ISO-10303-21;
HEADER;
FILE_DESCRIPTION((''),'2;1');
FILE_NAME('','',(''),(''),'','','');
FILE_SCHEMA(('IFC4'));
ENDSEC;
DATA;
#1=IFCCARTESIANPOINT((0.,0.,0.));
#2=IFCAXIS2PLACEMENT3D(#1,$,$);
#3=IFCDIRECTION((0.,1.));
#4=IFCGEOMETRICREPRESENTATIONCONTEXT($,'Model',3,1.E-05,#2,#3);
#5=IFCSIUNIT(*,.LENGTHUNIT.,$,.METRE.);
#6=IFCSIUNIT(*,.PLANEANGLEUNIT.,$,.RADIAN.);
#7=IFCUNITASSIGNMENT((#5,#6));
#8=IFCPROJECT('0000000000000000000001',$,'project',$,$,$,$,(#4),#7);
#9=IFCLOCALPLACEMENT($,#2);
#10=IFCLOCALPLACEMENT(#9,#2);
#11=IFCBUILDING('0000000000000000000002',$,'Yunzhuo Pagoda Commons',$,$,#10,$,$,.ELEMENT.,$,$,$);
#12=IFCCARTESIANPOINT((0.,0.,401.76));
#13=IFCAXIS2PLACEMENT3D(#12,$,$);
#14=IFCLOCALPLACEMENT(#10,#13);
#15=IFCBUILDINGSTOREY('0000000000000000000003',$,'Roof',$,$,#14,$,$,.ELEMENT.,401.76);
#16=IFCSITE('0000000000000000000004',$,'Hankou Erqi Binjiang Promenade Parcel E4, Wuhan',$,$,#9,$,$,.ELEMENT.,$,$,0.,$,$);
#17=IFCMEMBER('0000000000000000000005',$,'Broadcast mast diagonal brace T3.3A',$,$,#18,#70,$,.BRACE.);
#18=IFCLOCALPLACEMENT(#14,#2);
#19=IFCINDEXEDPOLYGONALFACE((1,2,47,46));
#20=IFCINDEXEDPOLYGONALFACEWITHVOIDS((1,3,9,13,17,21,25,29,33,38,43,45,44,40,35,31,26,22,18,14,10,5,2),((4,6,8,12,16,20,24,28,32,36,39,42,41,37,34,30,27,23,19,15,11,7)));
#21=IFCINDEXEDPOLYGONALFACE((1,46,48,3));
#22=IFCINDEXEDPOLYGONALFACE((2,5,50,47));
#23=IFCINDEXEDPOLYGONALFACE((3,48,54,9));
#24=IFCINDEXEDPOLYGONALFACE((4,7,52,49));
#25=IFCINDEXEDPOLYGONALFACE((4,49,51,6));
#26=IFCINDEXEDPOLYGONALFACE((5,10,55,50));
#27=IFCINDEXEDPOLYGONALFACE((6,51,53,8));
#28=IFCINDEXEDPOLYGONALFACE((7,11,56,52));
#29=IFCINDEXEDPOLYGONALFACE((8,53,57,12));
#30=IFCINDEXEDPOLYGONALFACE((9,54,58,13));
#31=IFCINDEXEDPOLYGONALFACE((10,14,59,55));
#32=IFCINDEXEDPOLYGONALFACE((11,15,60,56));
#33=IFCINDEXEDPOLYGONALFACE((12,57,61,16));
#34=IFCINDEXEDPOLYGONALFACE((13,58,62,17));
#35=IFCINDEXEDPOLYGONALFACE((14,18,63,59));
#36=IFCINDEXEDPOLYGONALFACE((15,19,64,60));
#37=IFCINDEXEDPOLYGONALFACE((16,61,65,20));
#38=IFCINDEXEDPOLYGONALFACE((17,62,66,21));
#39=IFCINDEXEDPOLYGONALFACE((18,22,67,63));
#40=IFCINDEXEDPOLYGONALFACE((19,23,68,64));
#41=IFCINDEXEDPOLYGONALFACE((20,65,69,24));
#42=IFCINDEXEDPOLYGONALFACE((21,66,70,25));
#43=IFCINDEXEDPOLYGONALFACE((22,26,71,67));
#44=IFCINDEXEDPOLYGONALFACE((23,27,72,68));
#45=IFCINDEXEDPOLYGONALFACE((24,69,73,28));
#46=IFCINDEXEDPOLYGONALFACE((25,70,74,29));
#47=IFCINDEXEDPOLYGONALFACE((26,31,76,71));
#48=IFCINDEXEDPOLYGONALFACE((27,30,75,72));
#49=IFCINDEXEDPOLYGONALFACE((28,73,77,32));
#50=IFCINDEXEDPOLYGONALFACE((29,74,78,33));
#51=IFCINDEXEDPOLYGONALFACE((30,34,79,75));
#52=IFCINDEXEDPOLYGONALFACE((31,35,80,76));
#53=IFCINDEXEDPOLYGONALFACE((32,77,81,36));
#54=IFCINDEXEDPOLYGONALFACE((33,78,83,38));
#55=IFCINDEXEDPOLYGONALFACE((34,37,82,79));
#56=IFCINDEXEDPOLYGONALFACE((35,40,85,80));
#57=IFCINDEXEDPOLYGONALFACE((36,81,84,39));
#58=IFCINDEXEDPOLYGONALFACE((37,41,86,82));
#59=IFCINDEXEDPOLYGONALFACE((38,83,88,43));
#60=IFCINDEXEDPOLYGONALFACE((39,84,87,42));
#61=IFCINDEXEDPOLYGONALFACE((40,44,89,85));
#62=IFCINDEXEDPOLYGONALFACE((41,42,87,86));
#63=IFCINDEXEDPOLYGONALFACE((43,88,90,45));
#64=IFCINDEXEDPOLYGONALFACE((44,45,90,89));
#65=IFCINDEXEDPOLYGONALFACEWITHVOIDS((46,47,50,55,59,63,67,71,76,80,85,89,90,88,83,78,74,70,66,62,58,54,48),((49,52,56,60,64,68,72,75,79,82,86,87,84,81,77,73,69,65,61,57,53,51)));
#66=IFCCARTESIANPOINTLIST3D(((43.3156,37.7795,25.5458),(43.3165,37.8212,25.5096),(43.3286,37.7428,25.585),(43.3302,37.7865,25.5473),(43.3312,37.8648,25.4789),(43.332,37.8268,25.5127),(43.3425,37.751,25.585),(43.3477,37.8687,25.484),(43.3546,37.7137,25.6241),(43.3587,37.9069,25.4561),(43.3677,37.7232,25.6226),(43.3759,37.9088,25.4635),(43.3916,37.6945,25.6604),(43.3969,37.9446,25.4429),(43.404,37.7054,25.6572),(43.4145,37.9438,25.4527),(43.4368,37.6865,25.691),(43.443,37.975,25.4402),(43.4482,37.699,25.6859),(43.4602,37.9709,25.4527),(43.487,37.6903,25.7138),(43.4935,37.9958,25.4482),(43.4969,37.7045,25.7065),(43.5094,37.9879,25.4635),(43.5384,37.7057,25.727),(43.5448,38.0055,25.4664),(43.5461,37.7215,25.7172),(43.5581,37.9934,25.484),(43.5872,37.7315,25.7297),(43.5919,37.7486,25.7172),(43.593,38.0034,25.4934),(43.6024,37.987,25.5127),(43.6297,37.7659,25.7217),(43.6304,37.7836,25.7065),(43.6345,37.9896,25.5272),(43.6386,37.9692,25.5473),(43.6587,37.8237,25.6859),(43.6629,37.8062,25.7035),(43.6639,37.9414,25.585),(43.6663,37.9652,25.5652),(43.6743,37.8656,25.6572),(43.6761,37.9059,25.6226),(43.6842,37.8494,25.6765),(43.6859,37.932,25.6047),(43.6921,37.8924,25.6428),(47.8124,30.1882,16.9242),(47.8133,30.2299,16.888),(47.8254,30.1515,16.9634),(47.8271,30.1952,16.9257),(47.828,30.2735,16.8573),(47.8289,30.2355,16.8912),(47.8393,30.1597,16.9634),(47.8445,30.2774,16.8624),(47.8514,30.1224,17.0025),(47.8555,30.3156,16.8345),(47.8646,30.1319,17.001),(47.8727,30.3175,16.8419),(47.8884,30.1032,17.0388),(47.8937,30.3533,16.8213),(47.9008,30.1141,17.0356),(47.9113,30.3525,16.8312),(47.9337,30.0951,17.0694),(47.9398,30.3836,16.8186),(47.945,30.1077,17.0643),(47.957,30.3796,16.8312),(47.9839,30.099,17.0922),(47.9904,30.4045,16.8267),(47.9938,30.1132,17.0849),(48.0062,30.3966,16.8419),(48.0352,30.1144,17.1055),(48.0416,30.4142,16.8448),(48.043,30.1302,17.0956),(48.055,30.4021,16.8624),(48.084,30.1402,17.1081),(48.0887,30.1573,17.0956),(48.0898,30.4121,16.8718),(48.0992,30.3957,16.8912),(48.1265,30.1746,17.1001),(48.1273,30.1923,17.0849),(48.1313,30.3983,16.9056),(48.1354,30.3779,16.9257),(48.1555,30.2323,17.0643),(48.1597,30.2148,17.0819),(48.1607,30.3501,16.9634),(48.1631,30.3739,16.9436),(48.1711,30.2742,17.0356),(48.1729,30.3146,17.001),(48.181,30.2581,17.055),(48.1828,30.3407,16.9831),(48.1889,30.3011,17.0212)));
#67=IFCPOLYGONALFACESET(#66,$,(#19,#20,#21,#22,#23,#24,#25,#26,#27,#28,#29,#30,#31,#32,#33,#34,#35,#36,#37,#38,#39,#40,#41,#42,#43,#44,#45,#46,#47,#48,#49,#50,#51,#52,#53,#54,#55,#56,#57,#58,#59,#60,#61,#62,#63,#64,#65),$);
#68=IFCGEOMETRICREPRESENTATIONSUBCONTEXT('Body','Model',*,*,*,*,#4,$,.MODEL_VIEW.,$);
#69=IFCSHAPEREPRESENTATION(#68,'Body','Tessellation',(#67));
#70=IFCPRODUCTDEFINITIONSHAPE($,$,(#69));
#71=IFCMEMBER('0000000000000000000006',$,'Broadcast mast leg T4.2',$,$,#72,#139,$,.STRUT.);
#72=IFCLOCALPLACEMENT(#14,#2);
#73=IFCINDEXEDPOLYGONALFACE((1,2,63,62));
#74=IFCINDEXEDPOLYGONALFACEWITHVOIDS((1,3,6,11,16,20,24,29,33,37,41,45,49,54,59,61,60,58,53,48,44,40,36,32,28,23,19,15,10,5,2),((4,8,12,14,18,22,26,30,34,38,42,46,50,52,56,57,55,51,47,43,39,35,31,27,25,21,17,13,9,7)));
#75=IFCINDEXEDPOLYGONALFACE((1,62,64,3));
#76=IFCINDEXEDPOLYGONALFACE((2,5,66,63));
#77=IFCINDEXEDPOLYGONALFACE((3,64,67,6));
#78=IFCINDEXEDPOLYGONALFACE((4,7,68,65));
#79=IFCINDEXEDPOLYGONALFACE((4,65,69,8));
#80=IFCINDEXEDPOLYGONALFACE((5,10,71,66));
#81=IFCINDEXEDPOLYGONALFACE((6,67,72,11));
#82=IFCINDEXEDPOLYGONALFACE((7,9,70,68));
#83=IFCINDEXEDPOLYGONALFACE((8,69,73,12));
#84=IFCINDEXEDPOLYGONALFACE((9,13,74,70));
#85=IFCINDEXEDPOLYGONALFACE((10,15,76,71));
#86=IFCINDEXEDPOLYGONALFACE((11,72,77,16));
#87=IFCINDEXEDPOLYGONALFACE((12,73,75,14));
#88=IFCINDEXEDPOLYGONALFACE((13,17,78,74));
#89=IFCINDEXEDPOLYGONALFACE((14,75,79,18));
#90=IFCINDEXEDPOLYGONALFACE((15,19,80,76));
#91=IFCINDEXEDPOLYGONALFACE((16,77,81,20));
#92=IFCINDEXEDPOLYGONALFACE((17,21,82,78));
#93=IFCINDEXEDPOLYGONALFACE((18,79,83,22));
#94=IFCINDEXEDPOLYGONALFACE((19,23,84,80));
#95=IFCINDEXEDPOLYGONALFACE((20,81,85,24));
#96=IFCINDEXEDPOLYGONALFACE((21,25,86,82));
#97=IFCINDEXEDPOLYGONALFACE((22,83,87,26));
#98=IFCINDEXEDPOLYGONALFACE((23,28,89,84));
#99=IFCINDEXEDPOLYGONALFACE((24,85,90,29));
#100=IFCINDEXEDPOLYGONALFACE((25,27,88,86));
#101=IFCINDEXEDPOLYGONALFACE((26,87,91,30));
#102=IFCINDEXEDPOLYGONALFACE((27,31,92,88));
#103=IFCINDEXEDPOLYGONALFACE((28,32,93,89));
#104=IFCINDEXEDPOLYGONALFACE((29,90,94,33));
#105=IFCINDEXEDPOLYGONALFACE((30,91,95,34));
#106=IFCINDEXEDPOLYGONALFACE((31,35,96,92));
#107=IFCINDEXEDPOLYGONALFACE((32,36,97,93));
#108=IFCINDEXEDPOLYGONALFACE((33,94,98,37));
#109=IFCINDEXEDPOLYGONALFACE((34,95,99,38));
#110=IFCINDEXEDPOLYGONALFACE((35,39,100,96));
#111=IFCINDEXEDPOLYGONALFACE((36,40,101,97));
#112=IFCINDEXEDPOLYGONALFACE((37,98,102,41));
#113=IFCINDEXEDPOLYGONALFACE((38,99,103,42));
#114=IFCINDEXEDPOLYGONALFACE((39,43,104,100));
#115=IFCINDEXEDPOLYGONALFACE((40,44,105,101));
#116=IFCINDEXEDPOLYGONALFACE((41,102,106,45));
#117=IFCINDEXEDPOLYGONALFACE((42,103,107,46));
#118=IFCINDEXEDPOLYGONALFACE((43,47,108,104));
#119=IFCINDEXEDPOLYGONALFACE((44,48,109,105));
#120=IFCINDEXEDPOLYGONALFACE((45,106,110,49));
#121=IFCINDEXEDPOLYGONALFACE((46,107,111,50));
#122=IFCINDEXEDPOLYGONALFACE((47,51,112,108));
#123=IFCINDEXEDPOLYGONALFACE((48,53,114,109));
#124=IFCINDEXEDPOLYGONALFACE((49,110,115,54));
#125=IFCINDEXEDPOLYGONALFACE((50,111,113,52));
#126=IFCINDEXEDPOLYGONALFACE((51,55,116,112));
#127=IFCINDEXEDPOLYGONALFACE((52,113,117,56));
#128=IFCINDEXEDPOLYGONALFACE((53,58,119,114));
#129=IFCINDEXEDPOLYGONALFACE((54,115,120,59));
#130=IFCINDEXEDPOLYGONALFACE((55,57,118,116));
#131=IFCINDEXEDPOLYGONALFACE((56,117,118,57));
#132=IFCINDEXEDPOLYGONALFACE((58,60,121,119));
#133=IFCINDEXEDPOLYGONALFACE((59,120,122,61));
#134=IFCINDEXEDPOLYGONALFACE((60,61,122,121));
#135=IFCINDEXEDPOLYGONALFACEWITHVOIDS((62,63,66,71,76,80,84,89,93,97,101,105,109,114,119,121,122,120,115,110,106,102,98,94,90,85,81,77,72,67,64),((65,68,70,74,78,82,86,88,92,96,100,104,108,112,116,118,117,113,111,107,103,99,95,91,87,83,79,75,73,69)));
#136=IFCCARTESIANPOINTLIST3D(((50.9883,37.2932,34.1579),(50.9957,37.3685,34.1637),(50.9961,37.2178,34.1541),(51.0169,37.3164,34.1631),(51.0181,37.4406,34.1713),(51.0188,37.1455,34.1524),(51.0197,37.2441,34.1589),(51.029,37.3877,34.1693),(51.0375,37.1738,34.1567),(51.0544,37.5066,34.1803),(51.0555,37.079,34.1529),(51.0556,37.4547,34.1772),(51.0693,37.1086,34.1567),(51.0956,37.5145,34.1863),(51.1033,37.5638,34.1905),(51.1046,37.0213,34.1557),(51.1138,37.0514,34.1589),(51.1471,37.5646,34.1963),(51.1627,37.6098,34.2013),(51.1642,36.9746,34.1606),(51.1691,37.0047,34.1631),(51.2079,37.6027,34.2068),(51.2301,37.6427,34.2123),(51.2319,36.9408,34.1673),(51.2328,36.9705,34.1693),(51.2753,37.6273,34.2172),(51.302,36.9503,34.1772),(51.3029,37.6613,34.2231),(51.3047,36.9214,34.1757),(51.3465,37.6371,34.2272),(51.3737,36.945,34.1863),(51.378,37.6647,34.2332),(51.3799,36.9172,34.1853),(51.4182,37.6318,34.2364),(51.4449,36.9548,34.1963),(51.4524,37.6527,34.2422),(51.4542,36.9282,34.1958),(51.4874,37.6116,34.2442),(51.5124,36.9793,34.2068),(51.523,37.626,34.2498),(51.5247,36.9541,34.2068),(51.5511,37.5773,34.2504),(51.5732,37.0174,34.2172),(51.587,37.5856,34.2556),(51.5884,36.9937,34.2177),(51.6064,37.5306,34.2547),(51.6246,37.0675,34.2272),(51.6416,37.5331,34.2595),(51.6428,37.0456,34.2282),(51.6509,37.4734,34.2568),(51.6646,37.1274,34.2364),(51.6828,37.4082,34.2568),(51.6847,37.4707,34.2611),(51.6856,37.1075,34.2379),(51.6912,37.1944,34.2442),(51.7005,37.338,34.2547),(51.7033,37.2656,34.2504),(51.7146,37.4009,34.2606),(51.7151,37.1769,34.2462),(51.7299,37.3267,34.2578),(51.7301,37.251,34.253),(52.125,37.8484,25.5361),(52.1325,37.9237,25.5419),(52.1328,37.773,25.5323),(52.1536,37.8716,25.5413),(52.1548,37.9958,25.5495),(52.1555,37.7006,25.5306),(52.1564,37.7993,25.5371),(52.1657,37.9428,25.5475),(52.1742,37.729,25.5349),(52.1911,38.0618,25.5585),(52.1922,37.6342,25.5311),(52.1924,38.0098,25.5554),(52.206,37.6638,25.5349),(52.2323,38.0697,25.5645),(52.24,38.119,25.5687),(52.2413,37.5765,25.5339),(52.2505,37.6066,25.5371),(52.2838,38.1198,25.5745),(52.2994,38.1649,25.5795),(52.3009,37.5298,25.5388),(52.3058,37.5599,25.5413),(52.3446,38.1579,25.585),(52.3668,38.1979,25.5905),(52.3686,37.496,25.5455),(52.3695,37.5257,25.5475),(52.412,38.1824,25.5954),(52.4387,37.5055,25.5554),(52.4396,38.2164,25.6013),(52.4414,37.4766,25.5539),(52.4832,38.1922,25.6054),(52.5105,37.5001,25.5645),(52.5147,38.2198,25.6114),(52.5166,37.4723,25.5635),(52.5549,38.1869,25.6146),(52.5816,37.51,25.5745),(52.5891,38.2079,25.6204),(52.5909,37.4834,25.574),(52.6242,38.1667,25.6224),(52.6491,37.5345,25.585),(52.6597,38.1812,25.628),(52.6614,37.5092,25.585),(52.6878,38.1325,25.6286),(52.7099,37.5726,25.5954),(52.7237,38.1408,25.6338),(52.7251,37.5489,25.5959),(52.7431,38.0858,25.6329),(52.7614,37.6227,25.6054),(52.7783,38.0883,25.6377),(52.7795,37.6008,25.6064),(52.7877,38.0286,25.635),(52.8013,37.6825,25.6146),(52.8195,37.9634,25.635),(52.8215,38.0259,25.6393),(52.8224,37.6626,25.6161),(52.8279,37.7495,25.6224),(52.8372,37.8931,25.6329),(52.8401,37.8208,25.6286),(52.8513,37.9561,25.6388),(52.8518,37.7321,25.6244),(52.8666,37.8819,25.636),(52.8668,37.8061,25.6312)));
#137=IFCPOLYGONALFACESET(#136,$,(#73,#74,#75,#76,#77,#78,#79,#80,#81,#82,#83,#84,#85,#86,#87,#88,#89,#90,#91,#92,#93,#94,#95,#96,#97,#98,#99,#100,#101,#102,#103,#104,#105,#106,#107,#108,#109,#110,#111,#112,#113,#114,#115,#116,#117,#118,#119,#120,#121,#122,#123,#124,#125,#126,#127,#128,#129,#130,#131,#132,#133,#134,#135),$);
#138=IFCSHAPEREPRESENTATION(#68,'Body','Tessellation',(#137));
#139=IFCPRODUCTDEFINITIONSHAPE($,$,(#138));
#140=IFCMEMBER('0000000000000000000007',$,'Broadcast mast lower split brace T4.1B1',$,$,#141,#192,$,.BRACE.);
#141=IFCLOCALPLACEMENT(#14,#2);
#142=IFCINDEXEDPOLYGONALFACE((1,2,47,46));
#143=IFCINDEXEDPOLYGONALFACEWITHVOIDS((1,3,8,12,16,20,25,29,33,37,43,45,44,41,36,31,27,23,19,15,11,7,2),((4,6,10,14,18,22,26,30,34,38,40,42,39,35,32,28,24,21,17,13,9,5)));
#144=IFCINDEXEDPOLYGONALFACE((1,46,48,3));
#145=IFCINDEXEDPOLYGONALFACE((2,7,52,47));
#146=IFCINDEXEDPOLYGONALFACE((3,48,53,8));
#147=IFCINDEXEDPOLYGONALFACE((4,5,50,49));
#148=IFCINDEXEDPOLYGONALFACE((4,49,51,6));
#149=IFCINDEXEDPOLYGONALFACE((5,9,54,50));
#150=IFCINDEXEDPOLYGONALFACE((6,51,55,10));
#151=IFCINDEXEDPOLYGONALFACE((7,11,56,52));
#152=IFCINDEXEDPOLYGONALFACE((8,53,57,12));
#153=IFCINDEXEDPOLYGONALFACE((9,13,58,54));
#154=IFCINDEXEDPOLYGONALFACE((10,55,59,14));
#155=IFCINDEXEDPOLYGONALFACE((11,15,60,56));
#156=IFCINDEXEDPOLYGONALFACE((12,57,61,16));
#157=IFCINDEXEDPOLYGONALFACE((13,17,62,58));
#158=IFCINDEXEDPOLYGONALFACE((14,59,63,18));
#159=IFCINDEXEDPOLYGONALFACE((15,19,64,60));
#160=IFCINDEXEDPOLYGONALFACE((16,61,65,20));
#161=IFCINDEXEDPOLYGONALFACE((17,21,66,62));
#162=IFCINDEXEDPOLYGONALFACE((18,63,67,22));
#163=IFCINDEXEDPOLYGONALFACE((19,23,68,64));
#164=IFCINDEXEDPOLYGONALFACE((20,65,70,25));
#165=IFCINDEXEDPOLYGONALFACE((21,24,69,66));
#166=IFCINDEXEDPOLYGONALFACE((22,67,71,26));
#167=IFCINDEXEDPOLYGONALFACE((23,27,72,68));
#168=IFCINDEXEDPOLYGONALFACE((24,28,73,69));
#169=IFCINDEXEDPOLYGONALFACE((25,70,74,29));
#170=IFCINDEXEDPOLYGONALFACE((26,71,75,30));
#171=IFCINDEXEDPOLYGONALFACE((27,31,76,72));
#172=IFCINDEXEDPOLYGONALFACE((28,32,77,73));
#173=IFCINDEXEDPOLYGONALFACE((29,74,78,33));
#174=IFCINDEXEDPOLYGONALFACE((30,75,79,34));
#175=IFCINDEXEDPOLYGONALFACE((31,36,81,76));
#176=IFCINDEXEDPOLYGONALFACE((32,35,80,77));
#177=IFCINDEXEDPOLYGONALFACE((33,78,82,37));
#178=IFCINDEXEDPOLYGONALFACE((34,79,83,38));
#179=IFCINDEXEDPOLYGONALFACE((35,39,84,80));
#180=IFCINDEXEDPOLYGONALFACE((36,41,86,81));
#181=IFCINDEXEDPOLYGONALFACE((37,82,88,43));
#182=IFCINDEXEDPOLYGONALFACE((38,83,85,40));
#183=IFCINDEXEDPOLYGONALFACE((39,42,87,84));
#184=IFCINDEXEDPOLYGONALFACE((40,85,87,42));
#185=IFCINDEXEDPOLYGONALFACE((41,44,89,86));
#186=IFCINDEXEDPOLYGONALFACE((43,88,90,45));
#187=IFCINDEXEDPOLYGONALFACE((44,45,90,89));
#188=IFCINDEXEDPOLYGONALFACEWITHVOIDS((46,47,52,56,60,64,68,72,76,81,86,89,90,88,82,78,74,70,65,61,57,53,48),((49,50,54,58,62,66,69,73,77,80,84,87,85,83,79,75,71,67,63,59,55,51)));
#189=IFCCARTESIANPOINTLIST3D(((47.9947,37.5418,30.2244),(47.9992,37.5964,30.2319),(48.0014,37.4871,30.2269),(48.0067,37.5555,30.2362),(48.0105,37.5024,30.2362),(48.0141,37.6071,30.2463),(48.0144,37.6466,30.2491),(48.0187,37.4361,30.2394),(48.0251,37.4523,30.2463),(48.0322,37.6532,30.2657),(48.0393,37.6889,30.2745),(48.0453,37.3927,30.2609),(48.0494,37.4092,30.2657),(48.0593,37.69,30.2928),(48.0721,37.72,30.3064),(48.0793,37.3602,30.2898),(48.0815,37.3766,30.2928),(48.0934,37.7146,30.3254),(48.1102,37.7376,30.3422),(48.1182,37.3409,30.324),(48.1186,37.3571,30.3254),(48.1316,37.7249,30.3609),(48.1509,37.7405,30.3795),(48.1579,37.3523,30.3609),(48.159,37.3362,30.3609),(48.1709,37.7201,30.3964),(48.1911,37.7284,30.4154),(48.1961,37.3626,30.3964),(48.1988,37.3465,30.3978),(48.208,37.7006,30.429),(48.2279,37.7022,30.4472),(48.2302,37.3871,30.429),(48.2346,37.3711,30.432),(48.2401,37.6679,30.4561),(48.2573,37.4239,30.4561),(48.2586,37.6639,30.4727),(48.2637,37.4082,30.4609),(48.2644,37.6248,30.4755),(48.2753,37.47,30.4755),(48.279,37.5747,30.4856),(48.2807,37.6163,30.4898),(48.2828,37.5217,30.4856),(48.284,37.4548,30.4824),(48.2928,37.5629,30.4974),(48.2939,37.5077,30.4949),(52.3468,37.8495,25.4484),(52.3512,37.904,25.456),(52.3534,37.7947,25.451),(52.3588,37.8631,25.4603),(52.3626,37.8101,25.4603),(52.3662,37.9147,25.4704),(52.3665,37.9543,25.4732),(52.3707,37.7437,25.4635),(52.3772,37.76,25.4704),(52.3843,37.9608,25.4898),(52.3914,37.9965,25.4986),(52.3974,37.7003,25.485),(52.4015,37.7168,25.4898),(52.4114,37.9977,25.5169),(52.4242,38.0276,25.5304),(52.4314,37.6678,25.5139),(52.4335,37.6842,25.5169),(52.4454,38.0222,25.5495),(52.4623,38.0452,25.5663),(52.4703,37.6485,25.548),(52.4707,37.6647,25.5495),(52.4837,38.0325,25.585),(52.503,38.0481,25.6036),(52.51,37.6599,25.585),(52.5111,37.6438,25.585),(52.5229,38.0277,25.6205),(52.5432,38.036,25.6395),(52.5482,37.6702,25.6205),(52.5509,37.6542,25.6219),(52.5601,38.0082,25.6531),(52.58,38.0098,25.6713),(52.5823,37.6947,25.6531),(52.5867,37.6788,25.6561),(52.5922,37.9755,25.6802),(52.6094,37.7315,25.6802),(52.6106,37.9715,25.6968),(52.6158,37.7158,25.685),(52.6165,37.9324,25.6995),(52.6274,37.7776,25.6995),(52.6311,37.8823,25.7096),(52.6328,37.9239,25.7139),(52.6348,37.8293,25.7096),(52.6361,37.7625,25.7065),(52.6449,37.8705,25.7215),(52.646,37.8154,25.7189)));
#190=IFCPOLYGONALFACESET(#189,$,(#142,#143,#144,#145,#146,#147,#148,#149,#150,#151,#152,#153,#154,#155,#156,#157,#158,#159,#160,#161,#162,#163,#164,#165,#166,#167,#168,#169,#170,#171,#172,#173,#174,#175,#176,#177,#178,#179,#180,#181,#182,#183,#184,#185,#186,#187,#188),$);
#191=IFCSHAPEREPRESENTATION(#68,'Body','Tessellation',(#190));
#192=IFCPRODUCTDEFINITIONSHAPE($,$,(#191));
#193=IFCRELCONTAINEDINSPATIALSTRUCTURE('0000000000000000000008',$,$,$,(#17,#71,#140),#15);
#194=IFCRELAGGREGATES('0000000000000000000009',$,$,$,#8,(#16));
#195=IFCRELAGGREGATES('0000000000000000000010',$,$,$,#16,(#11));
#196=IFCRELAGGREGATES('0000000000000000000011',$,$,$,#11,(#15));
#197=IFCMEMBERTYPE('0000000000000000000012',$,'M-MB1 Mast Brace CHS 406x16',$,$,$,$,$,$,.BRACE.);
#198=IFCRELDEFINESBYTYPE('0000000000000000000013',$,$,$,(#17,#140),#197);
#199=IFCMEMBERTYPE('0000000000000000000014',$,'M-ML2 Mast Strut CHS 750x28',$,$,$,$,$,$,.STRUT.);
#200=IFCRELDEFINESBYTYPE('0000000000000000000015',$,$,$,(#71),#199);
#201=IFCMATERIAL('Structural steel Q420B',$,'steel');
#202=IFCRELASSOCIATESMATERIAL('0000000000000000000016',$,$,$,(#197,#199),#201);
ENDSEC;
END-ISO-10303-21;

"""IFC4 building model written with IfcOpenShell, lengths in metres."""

from ifc_helpers import new_model, si_unit, direction, frame, origin, origin_2d, place, context, subcontext, project, spatial, hollow_circle, extrude, source, transform, mapped, material, material_profile, profile_set, type_object, element, save


model = new_model("IFC4")

# Units and contexts
model_context = context("Model", 3, precision=1e-05, world=origin(), true_north=direction((0.0, 1.0)))
body_context = subcontext(model_context, "Body", "Model", "MODEL_VIEW")
ifc_project = project(units=[si_unit("LENGTHUNIT", "METRE"), si_unit("PLANEANGLEUNIT", "RADIAN")], contexts=[model_context])

# Site, building, storey
site_placement = place(None, origin())
site = spatial("IfcSite", under=ifc_project, at=site_placement, Name="Hankou Erqi Binjiang Promenade Parcel E4, Wuhan", CompositionType="ELEMENT", RefElevation=0.0)
building_placement = place(site_placement, origin())
building = spatial("IfcBuilding", under=site, at=building_placement, Name="Yunzhuo Pagoda Commons", CompositionType="ELEMENT")
storey_placement = place(building_placement, frame((0.0, 0.0, 401.76)))
storey = spatial("IfcBuildingStorey", under=building, at=storey_placement, Name="Roof", CompositionType="ELEMENT", Elevation=401.76)

# Members
ifc_material_1 = material(Name="Structural steel Q420B", Category="steel")
ifc_material_profile_1 = material_profile(ifc_material_1, hollow_circle(Radius=0.2029, WallThickness=0.0161, at=origin_2d()), Name="Structural steel Q420B")
ifc_profile_set_1 = profile_set([ifc_material_profile_1], Name="Structural steel Q420B")
member_type_1 = type_object("IfcMemberType", Name="M-MB1 Mast Brace CHS 406x16", PredefinedType="BRACE", material=ifc_profile_set_1)
ifc_material_profile_2 = material_profile(ifc_material_1, hollow_circle(Radius=0.375, WallThickness=0.0281, at=origin_2d()), Name="Structural steel Q420B")
ifc_profile_set_2 = profile_set([ifc_material_profile_2], Name="Structural steel Q420B")
member_type_2 = type_object("IfcMemberType", Name="M-ML2 Mast Strut CHS 750x28", PredefinedType="STRUT", material=ifc_profile_set_2)
shared_shape_1 = source(origin(), body_context, "Body", "SweptSolid", [
    extrude(hollow_circle(Radius=0.2029, WallThickness=0.0161, at=origin_2d()), origin(), (0.0, 0.0, 1.0), 12.3362),
])
member_1_placement = place(storey_placement, frame((48.0, 30.2549, 16.9634), z_axis=(-0.364524, 0.61537, 0.698886), x_axis=(-0.860377, -0.509658, 0.0)))
element("IfcMember", 1, at=member_1_placement, inside=storey, type_object=member_type_1, Name="Broadcast mast diagonal brace T3.3A", PredefinedType="BRACE", context=body_context, shape_type="MappedRepresentation", body=[
    mapped(shared_shape_1, transform((0.0, 0.0, 0.0), scale=1.0)),
])
shared_shape_2 = source(origin(), body_context, "Body", "SweptSolid", [
    extrude(hollow_circle(Radius=0.375, WallThickness=0.0281, at=origin_2d()), origin(), (0.0, 0.0, 1.0), 8.7141),
])
member_2_placement = place(storey_placement, frame((52.4968, 37.8462, 25.585), z_axis=(-0.130445, -0.06371, 0.989406), x_axis=(0.438857, -0.898557, 0.0)))
element("IfcMember", 2, at=member_2_placement, inside=storey, type_object=member_type_2, Name="Broadcast mast leg T4.2", PredefinedType="STRUT", context=body_context, shape_type="MappedRepresentation", body=[
    mapped(shared_shape_2, transform((0.0, 0.0, 0.0), scale=1.0)),
])
shared_shape_3 = source(origin(), body_context, "Body", "SweptSolid", [
    extrude(hollow_circle(Radius=0.2029, WallThickness=0.0161, at=origin_2d()), origin(), (0.0, 0.0, 1.0), 6.4688),
])
member_3_placement = place(storey_placement, frame((52.4968, 37.8462, 25.585), z_axis=(-0.672787, -0.047555, 0.738307), x_axis=(0.070507, -0.997511, 0.0)))
element("IfcMember", 3, at=member_3_placement, inside=storey, type_object=member_type_1, Name="Broadcast mast lower split brace T4.1B1", PredefinedType="BRACE", context=body_context, shape_type="MappedRepresentation", body=[
    mapped(shared_shape_3, transform((0.0, 0.0, 0.0), scale=1.0)),
])

save(model, "model.ifc")
